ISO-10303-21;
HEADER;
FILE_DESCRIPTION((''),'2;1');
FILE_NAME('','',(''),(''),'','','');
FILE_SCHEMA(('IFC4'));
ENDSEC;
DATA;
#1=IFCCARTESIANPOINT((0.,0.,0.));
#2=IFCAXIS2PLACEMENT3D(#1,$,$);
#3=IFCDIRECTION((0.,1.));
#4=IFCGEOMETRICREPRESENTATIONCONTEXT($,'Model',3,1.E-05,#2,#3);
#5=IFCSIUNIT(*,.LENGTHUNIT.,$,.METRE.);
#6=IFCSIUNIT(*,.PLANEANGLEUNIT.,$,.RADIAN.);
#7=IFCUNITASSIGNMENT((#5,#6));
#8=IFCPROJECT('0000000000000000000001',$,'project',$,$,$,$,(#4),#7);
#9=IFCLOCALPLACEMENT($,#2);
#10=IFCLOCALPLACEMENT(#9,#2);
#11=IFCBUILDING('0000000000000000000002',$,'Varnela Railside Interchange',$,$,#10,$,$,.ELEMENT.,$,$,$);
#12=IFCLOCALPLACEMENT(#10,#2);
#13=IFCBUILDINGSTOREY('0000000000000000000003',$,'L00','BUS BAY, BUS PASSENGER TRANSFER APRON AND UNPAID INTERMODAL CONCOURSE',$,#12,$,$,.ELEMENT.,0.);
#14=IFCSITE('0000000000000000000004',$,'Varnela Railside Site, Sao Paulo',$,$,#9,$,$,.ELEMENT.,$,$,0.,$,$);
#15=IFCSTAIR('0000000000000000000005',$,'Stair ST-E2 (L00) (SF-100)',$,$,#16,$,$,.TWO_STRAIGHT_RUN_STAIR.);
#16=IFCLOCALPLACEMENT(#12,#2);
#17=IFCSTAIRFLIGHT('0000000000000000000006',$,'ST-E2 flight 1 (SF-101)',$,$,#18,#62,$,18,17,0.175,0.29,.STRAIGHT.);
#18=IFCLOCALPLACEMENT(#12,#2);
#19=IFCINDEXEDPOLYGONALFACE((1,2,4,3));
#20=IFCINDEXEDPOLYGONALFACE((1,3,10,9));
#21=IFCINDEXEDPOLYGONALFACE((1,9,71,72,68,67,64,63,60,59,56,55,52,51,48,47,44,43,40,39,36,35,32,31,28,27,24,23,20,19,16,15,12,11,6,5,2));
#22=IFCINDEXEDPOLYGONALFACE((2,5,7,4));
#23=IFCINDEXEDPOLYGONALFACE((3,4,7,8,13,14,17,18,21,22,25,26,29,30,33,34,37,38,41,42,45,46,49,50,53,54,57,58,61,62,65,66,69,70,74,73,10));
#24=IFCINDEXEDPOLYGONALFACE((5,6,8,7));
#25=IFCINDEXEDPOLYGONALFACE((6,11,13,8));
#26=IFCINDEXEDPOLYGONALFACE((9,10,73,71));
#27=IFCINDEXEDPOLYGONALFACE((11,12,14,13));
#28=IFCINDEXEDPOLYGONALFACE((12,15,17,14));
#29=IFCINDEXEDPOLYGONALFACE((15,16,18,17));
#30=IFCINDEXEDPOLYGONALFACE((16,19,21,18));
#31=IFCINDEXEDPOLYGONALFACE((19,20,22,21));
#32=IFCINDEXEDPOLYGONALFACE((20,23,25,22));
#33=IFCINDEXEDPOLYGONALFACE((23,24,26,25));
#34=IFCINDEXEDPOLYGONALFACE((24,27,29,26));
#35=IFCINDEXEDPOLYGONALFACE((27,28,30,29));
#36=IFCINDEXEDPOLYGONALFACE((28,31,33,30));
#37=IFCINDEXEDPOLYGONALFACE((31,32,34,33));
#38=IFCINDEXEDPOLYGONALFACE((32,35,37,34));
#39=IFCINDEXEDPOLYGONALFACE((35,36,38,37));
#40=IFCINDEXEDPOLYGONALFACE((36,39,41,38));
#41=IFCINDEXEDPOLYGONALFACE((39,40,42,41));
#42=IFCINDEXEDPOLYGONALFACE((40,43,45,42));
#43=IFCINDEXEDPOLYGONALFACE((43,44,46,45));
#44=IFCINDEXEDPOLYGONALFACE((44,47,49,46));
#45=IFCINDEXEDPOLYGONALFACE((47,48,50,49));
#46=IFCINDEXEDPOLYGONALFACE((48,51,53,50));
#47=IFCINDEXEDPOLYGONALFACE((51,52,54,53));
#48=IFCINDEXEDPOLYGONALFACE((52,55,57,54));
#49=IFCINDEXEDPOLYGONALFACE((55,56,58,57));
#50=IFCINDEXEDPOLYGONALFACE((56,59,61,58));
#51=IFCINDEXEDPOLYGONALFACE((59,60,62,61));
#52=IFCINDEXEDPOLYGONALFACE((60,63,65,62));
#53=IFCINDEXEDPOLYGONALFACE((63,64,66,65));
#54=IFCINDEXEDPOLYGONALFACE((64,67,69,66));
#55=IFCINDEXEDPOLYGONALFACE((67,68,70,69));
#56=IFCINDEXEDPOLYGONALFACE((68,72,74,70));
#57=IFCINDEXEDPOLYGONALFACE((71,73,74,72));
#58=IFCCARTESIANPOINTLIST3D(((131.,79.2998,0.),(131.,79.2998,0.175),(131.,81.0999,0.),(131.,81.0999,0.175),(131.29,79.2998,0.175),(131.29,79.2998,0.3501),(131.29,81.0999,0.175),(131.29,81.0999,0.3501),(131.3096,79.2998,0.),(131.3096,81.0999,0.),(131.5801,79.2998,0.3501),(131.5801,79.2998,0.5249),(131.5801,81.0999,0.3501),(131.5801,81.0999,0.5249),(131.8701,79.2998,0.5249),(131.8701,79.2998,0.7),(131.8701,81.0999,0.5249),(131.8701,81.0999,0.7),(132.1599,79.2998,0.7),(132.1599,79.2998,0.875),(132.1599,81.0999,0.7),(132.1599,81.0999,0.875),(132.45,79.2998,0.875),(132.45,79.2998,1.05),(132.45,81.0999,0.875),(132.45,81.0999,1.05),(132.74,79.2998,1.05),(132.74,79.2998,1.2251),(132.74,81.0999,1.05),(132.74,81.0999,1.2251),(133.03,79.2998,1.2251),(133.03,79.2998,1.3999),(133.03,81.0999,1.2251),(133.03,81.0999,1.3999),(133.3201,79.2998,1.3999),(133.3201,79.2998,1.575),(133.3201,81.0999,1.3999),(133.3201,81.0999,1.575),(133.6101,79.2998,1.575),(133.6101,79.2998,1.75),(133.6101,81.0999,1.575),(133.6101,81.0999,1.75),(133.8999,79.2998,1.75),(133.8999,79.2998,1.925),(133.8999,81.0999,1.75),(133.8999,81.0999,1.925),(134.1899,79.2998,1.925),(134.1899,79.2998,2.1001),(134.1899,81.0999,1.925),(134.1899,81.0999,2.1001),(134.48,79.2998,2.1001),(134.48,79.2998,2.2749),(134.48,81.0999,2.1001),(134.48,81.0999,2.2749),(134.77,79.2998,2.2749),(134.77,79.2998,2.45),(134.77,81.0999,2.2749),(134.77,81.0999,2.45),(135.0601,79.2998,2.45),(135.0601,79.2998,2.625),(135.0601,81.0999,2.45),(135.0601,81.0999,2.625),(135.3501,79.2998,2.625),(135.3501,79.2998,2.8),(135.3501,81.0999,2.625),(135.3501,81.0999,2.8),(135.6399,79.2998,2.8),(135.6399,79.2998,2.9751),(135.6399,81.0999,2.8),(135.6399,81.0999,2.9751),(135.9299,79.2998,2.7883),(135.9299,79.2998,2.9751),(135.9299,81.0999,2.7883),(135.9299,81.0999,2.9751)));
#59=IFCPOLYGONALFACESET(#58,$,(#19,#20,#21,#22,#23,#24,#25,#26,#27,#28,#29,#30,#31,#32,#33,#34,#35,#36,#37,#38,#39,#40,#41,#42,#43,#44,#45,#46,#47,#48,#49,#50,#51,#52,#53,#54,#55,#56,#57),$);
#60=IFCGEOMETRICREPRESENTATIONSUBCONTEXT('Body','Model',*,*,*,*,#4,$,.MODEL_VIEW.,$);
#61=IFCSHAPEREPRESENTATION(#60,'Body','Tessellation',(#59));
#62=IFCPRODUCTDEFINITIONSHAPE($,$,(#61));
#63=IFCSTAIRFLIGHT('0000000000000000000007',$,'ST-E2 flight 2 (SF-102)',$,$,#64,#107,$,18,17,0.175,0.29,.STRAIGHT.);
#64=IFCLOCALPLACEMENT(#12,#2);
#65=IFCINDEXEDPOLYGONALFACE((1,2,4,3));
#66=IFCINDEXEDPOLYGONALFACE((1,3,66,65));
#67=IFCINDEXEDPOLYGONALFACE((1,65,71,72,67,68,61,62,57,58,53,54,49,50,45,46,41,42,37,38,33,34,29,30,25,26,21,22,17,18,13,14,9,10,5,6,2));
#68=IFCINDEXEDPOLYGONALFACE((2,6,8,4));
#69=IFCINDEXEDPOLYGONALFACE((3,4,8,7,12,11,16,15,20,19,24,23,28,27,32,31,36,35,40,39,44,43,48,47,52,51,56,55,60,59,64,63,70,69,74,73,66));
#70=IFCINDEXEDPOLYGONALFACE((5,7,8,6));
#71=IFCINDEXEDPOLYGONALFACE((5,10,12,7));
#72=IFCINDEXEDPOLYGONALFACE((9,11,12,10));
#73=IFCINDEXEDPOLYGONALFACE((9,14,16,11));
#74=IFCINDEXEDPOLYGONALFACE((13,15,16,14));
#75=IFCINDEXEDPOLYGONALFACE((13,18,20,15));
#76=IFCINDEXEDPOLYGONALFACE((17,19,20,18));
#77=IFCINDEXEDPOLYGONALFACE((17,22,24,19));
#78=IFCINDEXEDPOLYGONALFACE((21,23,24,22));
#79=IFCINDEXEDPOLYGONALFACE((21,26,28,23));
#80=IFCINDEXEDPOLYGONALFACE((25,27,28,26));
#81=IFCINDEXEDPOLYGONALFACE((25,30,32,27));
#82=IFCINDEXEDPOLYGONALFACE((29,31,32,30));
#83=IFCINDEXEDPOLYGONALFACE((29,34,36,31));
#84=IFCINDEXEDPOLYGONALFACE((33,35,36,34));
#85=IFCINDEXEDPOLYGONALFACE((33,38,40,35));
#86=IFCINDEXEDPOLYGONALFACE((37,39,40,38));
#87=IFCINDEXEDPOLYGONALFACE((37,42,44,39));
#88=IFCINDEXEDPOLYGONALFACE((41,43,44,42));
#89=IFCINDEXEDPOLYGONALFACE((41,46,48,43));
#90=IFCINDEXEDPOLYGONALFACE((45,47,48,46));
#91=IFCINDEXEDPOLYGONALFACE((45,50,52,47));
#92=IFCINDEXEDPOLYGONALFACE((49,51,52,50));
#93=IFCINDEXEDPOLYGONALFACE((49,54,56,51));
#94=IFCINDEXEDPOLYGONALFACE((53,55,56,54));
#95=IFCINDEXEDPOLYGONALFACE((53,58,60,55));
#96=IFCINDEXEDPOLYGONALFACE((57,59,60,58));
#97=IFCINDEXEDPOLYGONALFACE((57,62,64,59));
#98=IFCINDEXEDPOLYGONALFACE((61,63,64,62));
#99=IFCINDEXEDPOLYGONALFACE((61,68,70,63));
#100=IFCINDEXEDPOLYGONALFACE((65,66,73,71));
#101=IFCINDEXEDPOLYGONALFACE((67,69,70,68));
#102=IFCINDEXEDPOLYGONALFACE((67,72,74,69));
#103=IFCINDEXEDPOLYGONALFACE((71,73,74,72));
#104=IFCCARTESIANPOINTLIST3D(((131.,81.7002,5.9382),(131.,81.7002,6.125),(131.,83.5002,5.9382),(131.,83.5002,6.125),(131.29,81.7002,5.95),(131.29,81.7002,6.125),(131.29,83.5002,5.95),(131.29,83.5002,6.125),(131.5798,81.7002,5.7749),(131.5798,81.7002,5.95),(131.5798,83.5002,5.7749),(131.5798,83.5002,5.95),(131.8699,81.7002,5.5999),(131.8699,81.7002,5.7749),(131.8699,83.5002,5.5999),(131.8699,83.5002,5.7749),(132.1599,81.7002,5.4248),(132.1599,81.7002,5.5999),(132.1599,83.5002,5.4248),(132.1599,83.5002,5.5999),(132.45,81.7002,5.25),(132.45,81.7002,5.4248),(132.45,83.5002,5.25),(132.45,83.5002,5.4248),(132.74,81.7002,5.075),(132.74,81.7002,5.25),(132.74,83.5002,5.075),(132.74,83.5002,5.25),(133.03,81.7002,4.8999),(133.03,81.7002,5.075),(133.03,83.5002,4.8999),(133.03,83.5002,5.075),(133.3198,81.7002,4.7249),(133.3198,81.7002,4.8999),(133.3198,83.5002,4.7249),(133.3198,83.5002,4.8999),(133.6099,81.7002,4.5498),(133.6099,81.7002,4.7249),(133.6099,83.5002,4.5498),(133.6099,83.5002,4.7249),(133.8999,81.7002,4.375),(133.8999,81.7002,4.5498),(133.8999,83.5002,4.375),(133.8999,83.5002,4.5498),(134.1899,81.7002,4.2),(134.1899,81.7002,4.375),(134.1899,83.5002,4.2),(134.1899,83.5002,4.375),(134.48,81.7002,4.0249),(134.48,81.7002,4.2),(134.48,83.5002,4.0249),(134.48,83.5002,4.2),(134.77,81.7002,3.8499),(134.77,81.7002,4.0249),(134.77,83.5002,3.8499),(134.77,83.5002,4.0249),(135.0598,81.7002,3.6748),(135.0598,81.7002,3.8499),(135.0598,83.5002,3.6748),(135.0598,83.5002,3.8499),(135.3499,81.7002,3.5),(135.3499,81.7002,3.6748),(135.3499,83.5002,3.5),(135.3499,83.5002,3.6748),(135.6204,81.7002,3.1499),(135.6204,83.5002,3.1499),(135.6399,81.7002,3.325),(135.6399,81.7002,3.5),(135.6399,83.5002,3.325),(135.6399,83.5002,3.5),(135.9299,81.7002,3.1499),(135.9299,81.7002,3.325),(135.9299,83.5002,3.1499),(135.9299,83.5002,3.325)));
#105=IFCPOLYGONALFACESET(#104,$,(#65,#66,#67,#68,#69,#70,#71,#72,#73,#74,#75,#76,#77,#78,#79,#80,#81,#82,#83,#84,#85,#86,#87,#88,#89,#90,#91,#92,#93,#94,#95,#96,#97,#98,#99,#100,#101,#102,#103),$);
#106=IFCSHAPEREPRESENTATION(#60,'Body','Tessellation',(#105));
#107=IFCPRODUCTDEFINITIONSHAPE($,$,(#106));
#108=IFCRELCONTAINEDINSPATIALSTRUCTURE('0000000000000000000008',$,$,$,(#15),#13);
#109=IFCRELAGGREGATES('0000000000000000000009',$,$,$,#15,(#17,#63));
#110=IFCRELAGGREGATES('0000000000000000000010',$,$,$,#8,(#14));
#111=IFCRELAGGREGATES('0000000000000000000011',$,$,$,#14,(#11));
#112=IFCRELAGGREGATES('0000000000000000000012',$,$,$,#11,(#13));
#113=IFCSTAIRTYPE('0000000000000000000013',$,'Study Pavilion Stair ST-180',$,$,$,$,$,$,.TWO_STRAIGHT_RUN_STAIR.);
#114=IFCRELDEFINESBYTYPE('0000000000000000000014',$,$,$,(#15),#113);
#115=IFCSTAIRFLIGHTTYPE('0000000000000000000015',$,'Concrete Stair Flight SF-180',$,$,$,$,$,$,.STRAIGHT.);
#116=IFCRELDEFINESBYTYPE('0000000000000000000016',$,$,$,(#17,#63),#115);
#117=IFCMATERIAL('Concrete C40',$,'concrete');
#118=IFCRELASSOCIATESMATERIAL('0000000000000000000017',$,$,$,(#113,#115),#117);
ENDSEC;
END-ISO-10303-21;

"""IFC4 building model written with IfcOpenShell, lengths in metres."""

from ifc_helpers import new_model, si_unit, direction, frame, origin, place, context, subcontext, project, spatial, polyline, outline, extrude, material, type_object, element, aggregate, save


model = new_model("IFC4")

# Units and contexts
model_context = context("Model", 3, precision=1e-05, world=origin(), true_north=direction((0.0, 1.0)))
body_context = subcontext(model_context, "Body", "Model", "MODEL_VIEW")
ifc_project = project(units=[si_unit("LENGTHUNIT", "METRE"), si_unit("PLANEANGLEUNIT", "RADIAN")], contexts=[model_context])

# Site, building, storey
site_placement = place(None, origin())
site = spatial("IfcSite", under=ifc_project, at=site_placement, Name="Varnela Railside Site, Sao Paulo", CompositionType="ELEMENT", RefElevation=0.0)
building_placement = place(site_placement, origin())
building = spatial("IfcBuilding", under=site, at=building_placement, Name="Varnela Railside Interchange", CompositionType="ELEMENT")
storey_placement = place(building_placement, origin())
storey = spatial("IfcBuildingStorey", under=building, at=storey_placement, Name="L00", Description="BUS BAY, BUS PASSENGER TRANSFER APRON AND UNPAID INTERMODAL CONCOURSE", CompositionType="ELEMENT", Elevation=0.0)

# Shared definitions
ifc_material_1 = material(Name="Concrete C40", Category="concrete")

# Stair, stair flights
stair_type = type_object("IfcStairType", Name="Study Pavilion Stair ST-180", PredefinedType="TWO_STRAIGHT_RUN_STAIR", material=ifc_material_1)
stair_placement = place(storey_placement, origin())
stair = element("IfcStair", 1, at=stair_placement, inside=storey, type_object=stair_type, Name="Stair ST-E2 (L00) (SF-100)", PredefinedType="TWO_STRAIGHT_RUN_STAIR")
stair_flight_type = type_object("IfcStairFlightType", Name="Concrete Stair Flight SF-180", PredefinedType="STRAIGHT", material=ifc_material_1)
stair_flight_1_placement = place(storey_placement, frame((131.0, 80.2, 0.0), z_axis=(0.0, 0.0, 1.0), x_axis=(1.0, 0.0, 0.0)))
stair_flight_1 = element("IfcStairFlight", 2, at=stair_flight_1_placement, type_object=stair_flight_type, Name="ST-E2 flight 1 (SF-101)", NumberOfRisers=18, NumberOfTreads=17, PredefinedType="STRAIGHT", RiserHeight=0.175, TreadLength=0.29, context=body_context, shape_type="SweptSolid", body=[
    extrude(outline(polyline([(0.0, 0.0), (0.0, 0.175), (0.29, 0.175), (0.29, 0.3501), (0.5801, 0.3501), (0.5801, 0.5249), (0.8701, 0.5249), (0.8701, 0.7), (1.1599, 0.7), (1.1599, 0.875), (1.45, 0.875), (1.45, 1.05), (1.74, 1.05), (1.74, 1.2251), (2.03, 1.2251), (2.03, 1.3999), (2.3201, 1.3999), (2.3201, 1.575), (2.6101, 1.575), (2.6101, 1.75), (2.8999, 1.75), (2.8999, 1.925), (3.1899, 1.925), (3.1899, 2.1001), (3.48, 2.1001), (3.48, 2.2749), (3.77, 2.2749), (3.77, 2.45), (4.0601, 2.45), (4.0601, 2.625), (4.3501, 2.625), (4.3501, 2.8), (4.6399, 2.8), (4.6399, 2.9751), (4.9299, 2.9751), (4.9299, 3.1499), (4.9299, 2.7883), (0.3096, 0.0), (0.0, 0.0)])), frame((0.0, 0.8999, 0.0), z_axis=(0.0, -1.0, 0.0), x_axis=(1.0, 0.0, 0.0)), (0.0, 0.0, 1.0), 1.8),
])
stair_flight_2_placement = place(storey_placement, frame((135.9299, 82.6001, 3.1499), z_axis=(0.0, 0.0, 1.0), x_axis=(-1.0, 0.0, 0.0)))
stair_flight_2 = element("IfcStairFlight", 3, at=stair_flight_2_placement, type_object=stair_flight_type, Name="ST-E2 flight 2 (SF-102)", NumberOfRisers=18, NumberOfTreads=17, PredefinedType="STRAIGHT", RiserHeight=0.175, TreadLength=0.29, context=body_context, shape_type="SweptSolid", body=[
    extrude(outline(polyline([(0.0, 0.0), (0.0, 0.175), (0.29, 0.175), (0.29, 0.3501), (0.5801, 0.3501), (0.5801, 0.5249), (0.8701, 0.5249), (0.8701, 0.7), (1.1599, 0.7), (1.1599, 0.875), (1.45, 0.875), (1.45, 1.05), (1.74, 1.05), (1.74, 1.2251), (2.03, 1.2251), (2.03, 1.3999), (2.3201, 1.3999), (2.3201, 1.575), (2.6101, 1.575), (2.6101, 1.75), (2.8999, 1.75), (2.8999, 1.925), (3.1899, 1.925), (3.1899, 2.1001), (3.48, 2.1001), (3.48, 2.2749), (3.77, 2.2749), (3.77, 2.45), (4.0601, 2.45), (4.0601, 2.625), (4.3501, 2.625), (4.3501, 2.8), (4.6399, 2.8), (4.6399, 2.9751), (4.9299, 2.9751), (4.9299, 3.1499), (4.9299, 2.7883), (0.3096, 0.0), (0.0, 0.0)])), frame((0.0, 0.8999, 0.0), z_axis=(0.0, -1.0, 0.0), x_axis=(1.0, 0.0, 0.0)), (0.0, 0.0, 1.0), 1.8),
])
aggregate(stair, [stair_flight_1, stair_flight_2])

save(model, "model.ifc")
